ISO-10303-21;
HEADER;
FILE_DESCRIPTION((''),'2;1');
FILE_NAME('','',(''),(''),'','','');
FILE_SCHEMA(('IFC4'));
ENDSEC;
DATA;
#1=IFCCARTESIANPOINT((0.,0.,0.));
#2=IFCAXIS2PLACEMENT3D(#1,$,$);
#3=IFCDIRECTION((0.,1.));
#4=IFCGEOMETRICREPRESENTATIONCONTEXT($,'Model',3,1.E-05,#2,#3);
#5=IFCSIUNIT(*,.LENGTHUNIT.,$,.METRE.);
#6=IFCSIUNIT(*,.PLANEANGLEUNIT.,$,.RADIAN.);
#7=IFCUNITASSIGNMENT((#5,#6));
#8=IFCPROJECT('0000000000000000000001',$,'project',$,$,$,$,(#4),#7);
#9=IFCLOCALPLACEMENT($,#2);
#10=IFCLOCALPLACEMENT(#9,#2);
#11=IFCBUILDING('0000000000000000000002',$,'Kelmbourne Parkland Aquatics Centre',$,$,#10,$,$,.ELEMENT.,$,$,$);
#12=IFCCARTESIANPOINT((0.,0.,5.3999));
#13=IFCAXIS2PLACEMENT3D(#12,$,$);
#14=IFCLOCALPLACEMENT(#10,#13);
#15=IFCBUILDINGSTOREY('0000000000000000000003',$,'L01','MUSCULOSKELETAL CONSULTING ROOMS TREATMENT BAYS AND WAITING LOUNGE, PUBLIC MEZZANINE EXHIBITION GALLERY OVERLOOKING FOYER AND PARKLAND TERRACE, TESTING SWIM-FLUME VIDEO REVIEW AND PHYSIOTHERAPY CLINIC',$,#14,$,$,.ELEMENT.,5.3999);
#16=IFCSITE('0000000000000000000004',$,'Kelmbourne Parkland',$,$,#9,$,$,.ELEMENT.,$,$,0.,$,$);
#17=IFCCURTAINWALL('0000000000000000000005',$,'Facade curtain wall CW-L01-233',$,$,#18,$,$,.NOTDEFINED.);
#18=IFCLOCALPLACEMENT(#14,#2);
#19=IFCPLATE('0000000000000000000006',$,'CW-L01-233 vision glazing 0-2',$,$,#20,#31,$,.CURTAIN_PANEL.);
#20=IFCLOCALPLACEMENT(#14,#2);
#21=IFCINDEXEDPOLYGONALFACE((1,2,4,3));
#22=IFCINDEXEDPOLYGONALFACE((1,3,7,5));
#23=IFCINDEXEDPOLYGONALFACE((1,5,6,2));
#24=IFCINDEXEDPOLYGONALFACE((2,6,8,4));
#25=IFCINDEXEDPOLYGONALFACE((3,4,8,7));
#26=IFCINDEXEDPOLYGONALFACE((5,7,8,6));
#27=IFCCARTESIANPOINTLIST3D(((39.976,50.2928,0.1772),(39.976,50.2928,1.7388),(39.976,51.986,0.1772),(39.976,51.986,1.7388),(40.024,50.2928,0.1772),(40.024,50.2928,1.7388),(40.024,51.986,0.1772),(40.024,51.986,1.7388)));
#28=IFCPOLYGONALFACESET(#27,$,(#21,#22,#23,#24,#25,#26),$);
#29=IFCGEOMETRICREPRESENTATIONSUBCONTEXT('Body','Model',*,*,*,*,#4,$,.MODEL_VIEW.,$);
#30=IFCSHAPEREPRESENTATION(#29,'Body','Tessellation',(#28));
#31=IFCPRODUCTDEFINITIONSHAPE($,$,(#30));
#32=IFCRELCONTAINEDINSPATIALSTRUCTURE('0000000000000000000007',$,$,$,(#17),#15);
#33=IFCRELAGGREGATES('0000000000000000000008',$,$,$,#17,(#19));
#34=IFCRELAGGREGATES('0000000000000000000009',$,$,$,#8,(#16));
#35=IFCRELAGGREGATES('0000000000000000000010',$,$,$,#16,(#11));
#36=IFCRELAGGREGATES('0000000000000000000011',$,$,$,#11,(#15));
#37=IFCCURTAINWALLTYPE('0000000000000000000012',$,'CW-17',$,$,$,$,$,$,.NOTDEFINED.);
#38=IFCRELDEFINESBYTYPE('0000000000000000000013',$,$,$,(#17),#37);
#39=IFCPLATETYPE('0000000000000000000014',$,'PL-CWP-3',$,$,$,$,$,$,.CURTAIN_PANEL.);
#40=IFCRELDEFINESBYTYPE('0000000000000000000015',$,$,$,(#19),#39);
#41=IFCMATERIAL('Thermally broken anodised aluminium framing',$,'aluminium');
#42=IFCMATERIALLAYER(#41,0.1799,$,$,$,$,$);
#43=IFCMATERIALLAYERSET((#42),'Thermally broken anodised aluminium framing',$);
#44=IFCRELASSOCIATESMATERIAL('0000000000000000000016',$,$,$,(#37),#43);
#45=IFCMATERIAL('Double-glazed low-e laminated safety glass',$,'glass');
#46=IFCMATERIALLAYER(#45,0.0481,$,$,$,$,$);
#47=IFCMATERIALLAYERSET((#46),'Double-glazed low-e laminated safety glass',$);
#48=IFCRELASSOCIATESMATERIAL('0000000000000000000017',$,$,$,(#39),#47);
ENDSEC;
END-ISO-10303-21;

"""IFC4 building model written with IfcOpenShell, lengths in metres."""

from ifc_helpers import new_model, si_unit, direction, frame, origin, origin_2d, place, context, subcontext, project, spatial, rectangle, extrude, material, layer, layer_set, type_object, element, aggregate, save


model = new_model("IFC4")

# Units and contexts
model_context = context("Model", 3, precision=1e-05, world=origin(), true_north=direction((0.0, 1.0)))
body_context = subcontext(model_context, "Body", "Model", "MODEL_VIEW")
ifc_project = project(units=[si_unit("LENGTHUNIT", "METRE"), si_unit("PLANEANGLEUNIT", "RADIAN")], contexts=[model_context])

# Site, building, storey
site_placement = place(None, origin())
site = spatial("IfcSite", under=ifc_project, at=site_placement, Name="Kelmbourne Parkland", CompositionType="ELEMENT", RefElevation=0.0)
building_placement = place(site_placement, origin())
building = spatial("IfcBuilding", under=site, at=building_placement, Name="Kelmbourne Parkland Aquatics Centre", CompositionType="ELEMENT")
storey_placement = place(building_placement, frame((0.0, 0.0, 5.3999)))
storey = spatial("IfcBuildingStorey", under=building, at=storey_placement, Name="L01", Description="MUSCULOSKELETAL CONSULTING ROOMS TREATMENT BAYS AND WAITING LOUNGE, PUBLIC MEZZANINE EXHIBITION GALLERY OVERLOOKING FOYER AND PARKLAND TERRACE, TESTING SWIM-FLUME VIDEO REVIEW AND PHYSIOTHERAPY CLINIC", CompositionType="ELEMENT", Elevation=5.3999)

# Curtain wall
ifc_material_1 = material(Name="Thermally broken anodised aluminium framing", Category="aluminium")
ifc_layer_1 = layer(ifc_material_1, 0.1799)
ifc_layer_set_1 = layer_set([ifc_layer_1], Name="Thermally broken anodised aluminium framing")
curtain_wall_type_1 = type_object("IfcCurtainWallType", Name="CW-17", PredefinedType="NOTDEFINED", material=ifc_layer_set_1)
curtain_wall_1_placement = place(storey_placement, origin())
curtain_wall_1 = element("IfcCurtainWall", 1, at=curtain_wall_1_placement, inside=storey, type_object=curtain_wall_type_1, Name="Facade curtain wall CW-L01-233", PredefinedType="NOTDEFINED")

# Plate
ifc_material_2 = material(Name="Double-glazed low-e laminated safety glass", Category="glass")
ifc_layer_2 = layer(ifc_material_2, 0.0481)
ifc_layer_set_2 = layer_set([ifc_layer_2], Name="Double-glazed low-e laminated safety glass")
plate_type_1 = type_object("IfcPlateType", Name="PL-CWP-3", PredefinedType="CURTAIN_PANEL", material=ifc_layer_set_2)
plate_1_placement = place(storey_placement, frame((40.0, 51.1394, 0.1772), z_axis=(0.0, 0.0, 1.0), x_axis=(0.0, 1.0, 0.0)))
plate_1 = element("IfcPlate", 2, at=plate_1_placement, type_object=plate_type_1, Name="CW-L01-233 vision glazing 0-2", PredefinedType="CURTAIN_PANEL", context=body_context, shape_type="SweptSolid", body=[
    extrude(rectangle(XDim=1.6931, YDim=0.0481, at=origin_2d()), origin(), (0.0, 0.0, 1.0), 1.5615),
])
aggregate(curtain_wall_1, [plate_1])

save(model, "model.ifc")
